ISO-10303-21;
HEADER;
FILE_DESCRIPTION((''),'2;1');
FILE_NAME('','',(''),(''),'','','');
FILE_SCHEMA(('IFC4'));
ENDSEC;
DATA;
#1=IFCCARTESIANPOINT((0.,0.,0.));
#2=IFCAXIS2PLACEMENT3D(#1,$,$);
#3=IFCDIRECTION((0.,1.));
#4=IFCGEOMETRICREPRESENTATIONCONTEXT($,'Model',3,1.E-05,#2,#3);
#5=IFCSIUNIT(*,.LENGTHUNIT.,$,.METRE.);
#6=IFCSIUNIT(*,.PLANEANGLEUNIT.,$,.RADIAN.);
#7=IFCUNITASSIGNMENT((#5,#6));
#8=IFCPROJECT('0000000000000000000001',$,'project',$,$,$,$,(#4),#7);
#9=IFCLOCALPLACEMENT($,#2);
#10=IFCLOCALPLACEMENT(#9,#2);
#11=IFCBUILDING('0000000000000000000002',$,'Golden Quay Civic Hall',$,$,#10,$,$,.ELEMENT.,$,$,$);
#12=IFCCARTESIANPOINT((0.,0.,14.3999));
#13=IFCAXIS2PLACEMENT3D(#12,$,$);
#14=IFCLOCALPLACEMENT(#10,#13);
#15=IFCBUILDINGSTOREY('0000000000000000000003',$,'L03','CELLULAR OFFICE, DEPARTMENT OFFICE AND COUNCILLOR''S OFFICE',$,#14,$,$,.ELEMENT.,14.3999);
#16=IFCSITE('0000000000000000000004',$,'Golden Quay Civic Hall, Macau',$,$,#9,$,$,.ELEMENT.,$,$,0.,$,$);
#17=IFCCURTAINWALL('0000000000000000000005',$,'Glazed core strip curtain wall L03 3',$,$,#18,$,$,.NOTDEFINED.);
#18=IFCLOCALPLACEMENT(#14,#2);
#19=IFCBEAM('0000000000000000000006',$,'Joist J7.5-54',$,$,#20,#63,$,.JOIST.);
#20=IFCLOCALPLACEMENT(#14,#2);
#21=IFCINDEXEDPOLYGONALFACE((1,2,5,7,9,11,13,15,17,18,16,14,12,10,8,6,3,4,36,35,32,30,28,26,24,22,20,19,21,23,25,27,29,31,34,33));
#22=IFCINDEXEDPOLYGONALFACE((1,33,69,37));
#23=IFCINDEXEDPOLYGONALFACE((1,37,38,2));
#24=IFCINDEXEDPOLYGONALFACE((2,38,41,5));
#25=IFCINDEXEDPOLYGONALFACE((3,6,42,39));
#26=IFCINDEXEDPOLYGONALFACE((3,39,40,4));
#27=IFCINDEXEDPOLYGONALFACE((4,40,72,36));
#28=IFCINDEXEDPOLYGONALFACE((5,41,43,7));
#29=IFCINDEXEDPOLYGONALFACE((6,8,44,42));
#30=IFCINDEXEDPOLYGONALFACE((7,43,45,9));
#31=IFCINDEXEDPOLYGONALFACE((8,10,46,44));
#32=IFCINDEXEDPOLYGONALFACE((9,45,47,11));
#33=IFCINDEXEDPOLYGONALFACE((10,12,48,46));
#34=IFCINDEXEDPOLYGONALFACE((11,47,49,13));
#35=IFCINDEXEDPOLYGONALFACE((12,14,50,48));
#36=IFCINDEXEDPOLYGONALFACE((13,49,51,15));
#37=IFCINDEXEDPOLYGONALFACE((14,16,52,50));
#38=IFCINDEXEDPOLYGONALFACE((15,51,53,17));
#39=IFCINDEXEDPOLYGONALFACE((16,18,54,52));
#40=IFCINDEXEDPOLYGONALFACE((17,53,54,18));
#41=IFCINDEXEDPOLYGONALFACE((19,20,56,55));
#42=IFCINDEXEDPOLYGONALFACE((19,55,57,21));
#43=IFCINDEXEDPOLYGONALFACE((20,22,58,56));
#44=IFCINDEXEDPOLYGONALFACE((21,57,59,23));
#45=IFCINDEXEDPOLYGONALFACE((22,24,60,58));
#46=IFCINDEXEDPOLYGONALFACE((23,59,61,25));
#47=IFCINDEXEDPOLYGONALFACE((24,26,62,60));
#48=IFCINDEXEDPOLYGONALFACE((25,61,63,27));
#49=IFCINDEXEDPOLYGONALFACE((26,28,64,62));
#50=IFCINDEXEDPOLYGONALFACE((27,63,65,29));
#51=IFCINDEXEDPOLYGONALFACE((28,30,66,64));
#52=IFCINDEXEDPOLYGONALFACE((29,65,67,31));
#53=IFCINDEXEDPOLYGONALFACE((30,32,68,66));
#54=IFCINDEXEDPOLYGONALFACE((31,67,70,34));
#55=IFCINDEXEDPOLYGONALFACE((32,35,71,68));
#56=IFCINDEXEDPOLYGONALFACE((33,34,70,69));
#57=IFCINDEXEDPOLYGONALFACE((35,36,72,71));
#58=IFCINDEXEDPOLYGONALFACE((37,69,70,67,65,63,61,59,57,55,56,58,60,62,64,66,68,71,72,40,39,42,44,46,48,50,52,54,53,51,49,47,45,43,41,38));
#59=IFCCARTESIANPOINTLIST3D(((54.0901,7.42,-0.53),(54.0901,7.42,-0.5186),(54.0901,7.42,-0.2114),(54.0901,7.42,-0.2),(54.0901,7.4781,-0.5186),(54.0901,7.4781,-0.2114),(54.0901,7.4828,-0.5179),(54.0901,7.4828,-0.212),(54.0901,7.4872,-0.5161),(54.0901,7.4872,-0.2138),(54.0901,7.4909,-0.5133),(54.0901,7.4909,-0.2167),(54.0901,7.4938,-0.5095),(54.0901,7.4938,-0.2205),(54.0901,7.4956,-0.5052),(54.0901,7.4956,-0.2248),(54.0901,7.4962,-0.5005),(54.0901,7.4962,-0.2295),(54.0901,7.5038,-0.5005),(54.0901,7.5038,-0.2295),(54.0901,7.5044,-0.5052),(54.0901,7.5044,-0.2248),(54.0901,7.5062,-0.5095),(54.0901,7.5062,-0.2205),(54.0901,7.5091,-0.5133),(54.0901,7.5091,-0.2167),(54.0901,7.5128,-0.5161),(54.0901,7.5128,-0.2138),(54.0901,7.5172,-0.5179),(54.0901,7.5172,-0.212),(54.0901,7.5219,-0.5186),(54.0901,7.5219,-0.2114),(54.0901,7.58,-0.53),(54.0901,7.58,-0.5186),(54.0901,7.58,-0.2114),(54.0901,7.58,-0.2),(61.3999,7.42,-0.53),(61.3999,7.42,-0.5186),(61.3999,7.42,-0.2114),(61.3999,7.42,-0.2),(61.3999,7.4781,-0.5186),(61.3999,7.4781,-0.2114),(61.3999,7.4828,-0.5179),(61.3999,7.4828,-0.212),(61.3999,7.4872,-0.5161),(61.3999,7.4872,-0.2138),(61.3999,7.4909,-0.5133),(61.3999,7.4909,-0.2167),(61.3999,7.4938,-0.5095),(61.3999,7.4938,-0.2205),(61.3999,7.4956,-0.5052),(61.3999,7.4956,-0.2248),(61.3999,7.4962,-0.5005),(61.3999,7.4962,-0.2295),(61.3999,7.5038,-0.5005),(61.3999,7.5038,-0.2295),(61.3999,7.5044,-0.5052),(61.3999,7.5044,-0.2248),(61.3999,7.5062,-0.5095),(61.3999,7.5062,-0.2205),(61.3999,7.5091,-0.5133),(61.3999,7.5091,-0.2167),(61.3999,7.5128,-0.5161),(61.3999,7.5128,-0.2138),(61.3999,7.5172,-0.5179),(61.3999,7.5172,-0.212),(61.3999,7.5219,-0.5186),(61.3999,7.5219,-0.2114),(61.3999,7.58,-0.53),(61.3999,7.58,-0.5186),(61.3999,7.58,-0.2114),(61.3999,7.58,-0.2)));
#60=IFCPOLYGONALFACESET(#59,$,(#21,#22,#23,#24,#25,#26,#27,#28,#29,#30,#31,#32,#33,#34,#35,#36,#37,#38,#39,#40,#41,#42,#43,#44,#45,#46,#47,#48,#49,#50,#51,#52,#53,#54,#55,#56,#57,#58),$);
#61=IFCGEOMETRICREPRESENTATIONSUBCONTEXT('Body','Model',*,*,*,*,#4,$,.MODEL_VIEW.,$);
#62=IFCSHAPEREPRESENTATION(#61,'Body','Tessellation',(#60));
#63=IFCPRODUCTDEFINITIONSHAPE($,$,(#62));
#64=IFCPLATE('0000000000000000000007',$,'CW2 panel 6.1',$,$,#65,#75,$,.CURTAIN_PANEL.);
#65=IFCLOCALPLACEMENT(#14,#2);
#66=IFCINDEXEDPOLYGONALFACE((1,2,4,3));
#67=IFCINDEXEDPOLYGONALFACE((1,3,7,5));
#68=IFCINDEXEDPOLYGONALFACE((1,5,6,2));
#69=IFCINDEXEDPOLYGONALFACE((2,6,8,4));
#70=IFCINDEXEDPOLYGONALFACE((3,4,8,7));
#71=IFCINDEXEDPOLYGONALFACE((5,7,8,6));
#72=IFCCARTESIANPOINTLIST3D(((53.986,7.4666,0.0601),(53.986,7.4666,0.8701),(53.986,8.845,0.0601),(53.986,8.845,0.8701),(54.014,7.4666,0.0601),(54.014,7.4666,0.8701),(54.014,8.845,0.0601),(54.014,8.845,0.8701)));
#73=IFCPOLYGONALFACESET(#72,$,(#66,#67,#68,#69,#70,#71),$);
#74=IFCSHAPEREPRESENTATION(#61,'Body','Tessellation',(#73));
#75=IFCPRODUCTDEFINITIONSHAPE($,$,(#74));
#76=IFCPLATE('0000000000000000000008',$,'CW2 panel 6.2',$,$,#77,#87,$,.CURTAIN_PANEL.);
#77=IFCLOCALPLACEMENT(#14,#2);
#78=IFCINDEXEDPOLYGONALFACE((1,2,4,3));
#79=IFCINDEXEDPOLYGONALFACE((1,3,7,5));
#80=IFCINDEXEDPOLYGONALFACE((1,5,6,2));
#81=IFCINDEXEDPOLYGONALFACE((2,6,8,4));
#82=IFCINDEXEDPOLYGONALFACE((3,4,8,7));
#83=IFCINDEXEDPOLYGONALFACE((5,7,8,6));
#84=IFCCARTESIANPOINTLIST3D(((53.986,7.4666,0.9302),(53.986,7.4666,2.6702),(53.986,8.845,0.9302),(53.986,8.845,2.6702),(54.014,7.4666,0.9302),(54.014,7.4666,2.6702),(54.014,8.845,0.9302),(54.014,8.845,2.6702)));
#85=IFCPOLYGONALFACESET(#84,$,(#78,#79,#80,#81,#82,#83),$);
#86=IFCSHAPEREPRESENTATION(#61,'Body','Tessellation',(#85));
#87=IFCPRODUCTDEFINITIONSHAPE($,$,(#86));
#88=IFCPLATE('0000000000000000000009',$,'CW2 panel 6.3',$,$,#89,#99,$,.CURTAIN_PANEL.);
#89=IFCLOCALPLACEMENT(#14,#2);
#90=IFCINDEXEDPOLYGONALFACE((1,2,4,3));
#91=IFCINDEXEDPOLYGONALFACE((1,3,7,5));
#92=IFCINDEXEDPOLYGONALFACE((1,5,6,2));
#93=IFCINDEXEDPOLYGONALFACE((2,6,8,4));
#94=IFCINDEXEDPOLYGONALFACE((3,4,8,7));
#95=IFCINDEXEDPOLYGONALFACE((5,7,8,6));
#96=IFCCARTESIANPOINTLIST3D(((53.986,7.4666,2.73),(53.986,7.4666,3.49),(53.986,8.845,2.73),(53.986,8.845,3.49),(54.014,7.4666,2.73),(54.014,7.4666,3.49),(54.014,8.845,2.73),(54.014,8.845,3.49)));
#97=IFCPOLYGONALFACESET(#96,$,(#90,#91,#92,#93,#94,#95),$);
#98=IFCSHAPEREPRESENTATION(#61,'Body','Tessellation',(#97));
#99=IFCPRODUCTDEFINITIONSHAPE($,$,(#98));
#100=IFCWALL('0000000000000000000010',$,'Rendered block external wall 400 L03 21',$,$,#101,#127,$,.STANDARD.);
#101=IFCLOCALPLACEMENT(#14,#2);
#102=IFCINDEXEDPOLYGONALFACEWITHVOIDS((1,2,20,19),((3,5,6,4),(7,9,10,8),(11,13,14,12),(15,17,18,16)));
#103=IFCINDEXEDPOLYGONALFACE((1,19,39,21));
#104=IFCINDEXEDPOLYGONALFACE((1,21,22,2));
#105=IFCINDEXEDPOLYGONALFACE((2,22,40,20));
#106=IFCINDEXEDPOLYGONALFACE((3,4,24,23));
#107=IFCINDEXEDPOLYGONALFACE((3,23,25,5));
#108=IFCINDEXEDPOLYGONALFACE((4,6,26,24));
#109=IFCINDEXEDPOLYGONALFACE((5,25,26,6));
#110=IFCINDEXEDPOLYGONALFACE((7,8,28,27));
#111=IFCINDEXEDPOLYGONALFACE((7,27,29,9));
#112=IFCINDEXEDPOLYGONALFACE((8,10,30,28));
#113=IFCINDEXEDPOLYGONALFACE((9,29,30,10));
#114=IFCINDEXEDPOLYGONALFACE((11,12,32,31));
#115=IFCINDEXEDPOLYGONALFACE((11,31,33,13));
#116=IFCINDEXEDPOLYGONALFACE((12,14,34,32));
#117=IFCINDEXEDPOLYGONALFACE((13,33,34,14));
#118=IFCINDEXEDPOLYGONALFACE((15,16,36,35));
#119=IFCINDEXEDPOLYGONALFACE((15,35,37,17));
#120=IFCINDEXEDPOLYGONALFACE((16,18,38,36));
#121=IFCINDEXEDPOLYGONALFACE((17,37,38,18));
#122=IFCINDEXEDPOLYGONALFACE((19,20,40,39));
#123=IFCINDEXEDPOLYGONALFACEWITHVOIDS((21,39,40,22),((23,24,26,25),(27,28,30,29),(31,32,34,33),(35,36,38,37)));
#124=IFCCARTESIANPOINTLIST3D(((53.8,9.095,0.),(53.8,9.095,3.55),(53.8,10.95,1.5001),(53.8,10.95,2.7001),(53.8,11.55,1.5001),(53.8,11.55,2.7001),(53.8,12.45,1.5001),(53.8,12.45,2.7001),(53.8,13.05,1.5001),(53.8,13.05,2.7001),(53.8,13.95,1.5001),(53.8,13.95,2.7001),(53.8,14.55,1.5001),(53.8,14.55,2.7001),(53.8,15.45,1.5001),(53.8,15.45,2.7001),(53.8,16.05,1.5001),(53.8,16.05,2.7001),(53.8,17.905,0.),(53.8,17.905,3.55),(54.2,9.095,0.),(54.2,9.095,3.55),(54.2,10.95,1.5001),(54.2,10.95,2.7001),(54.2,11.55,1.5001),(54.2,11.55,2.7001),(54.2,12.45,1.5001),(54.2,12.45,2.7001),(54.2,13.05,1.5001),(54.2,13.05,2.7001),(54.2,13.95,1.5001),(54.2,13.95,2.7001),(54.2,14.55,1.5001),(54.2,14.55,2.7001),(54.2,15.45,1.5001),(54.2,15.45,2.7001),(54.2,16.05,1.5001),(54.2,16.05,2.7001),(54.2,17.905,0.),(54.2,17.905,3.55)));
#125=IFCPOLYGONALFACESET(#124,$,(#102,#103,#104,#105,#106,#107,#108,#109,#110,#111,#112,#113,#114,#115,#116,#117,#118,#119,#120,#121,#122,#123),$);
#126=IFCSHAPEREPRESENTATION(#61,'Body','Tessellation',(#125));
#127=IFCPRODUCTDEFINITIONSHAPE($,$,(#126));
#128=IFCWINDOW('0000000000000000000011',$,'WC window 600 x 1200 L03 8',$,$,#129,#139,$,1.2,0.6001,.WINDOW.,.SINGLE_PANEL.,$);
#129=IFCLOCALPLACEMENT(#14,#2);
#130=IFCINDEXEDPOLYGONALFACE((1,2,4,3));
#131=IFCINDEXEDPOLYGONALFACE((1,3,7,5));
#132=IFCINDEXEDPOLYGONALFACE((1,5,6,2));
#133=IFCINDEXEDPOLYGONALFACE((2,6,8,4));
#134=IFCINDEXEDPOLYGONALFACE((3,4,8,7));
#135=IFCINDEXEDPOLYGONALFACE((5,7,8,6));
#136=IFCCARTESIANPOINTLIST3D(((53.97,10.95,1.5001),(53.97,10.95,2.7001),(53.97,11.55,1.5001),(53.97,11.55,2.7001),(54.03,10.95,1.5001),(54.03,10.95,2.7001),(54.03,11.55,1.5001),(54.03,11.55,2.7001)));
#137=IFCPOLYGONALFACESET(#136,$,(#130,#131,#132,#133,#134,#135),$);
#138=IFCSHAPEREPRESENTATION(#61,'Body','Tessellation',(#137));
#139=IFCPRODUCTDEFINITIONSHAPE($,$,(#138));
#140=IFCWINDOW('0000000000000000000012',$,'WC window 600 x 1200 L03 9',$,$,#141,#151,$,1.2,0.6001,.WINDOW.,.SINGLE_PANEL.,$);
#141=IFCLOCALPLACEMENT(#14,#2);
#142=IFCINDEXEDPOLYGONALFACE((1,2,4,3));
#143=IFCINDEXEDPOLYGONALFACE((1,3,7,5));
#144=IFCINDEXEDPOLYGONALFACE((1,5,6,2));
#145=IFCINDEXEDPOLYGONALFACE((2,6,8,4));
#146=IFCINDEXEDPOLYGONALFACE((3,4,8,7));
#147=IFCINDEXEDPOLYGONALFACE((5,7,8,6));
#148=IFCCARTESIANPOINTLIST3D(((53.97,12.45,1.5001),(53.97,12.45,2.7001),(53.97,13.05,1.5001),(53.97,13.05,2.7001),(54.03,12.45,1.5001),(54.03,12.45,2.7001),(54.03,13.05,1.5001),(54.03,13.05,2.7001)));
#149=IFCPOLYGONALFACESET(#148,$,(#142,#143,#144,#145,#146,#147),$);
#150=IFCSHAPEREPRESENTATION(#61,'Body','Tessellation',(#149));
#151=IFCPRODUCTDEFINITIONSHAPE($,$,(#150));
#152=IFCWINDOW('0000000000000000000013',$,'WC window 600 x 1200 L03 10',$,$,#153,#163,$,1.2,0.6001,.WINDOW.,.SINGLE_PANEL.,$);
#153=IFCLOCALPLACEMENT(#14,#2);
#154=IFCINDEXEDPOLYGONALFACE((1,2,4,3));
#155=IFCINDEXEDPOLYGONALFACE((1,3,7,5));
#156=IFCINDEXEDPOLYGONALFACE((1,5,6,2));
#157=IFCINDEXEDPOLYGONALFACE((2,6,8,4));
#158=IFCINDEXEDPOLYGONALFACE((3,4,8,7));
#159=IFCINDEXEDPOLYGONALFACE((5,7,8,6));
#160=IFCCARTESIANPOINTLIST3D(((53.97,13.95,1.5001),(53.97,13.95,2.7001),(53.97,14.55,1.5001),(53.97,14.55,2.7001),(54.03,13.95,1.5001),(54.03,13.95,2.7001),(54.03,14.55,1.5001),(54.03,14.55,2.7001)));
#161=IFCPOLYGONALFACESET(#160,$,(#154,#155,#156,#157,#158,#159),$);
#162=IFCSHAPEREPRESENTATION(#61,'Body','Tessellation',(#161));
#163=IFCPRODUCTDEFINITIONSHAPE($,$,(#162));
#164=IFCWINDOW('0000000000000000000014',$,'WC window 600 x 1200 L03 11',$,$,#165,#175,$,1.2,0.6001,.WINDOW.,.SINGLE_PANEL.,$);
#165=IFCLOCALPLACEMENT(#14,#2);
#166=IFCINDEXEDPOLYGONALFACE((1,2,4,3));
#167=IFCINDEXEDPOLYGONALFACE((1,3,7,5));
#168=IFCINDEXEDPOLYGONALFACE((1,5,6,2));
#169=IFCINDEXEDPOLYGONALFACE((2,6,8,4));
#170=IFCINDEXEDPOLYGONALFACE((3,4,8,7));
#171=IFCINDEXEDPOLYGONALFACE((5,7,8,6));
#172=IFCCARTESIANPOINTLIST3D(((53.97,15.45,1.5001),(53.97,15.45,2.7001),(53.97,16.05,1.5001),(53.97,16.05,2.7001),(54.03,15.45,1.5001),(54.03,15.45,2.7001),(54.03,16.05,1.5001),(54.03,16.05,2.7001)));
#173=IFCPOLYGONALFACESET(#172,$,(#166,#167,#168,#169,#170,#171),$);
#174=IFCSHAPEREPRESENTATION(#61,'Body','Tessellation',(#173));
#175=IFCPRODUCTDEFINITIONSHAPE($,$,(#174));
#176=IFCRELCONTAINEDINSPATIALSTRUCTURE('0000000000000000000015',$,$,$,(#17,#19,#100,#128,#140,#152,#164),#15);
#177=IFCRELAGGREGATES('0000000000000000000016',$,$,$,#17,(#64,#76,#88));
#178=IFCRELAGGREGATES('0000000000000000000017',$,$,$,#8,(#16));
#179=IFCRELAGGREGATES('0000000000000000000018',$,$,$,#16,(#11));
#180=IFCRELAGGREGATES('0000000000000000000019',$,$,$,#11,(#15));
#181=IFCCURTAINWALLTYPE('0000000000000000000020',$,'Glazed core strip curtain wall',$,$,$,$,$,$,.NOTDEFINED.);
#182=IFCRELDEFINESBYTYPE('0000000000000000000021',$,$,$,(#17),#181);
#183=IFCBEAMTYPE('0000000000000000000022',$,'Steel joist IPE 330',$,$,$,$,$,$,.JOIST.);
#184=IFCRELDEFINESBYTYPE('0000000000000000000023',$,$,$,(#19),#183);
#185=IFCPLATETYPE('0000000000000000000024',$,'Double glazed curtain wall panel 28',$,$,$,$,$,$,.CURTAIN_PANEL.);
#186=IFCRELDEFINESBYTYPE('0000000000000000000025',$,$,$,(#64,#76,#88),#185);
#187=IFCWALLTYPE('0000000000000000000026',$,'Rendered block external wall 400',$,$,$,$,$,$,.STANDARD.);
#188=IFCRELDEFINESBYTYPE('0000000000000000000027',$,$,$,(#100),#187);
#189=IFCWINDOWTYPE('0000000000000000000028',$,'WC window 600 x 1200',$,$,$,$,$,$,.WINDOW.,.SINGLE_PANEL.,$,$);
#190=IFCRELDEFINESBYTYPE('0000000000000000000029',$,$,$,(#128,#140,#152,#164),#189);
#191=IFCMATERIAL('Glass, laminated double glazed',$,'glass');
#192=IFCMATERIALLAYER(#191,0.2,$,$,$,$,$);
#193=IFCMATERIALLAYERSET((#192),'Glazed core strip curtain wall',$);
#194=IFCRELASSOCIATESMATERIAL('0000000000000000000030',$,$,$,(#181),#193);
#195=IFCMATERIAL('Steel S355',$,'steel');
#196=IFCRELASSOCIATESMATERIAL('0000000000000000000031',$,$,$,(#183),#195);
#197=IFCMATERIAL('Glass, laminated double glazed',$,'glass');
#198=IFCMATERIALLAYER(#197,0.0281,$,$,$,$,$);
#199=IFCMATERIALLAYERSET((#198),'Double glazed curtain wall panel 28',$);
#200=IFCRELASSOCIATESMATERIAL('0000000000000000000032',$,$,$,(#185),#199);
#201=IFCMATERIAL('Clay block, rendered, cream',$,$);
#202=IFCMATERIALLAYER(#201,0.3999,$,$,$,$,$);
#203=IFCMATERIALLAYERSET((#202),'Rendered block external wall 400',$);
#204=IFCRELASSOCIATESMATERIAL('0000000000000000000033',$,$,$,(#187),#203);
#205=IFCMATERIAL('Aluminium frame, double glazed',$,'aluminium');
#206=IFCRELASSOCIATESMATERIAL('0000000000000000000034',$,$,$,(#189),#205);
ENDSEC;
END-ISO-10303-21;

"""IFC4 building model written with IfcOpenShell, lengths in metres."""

from ifc_helpers import new_model, si_unit, direction, frame, frame_2d, origin, origin_2d, place, context, subcontext, project, spatial, rectangle, i_section, extrude, material, layer, layer_set, material_profile, profile_set, type_object, element, fill, aggregate, save


model = new_model("IFC4")

# Units and contexts
model_context = context("Model", 3, precision=1e-05, world=origin(), true_north=direction((0.0, 1.0)))
body_context = subcontext(model_context, "Body", "Model", "MODEL_VIEW")
ifc_project = project(units=[si_unit("LENGTHUNIT", "METRE"), si_unit("PLANEANGLEUNIT", "RADIAN")], contexts=[model_context])

# Site, building, storey
site_placement = place(None, origin())
site = spatial("IfcSite", under=ifc_project, at=site_placement, Name="Golden Quay Civic Hall, Macau", CompositionType="ELEMENT", RefElevation=0.0)
building_placement = place(site_placement, origin())
building = spatial("IfcBuilding", under=site, at=building_placement, Name="Golden Quay Civic Hall", CompositionType="ELEMENT")
storey_placement = place(building_placement, frame((0.0, 0.0, 14.3999)))
storey = spatial("IfcBuildingStorey", under=building, at=storey_placement, Name="L03", Description="CELLULAR OFFICE, DEPARTMENT OFFICE AND COUNCILLOR'S OFFICE", CompositionType="ELEMENT", Elevation=14.3999)

# Curtain wall
ifc_material_1 = material(Name="Glass, laminated double glazed", Category="glass")
ifc_layer_1 = layer(ifc_material_1, 0.2)
ifc_layer_set_1 = layer_set([ifc_layer_1], Name="Glazed core strip curtain wall")
curtain_wall_type = type_object("IfcCurtainWallType", Name="Glazed core strip curtain wall", PredefinedType="NOTDEFINED", material=ifc_layer_set_1)
curtain_wall_placement = place(storey_placement, origin())
curtain_wall = element("IfcCurtainWall", 1, at=curtain_wall_placement, inside=storey, type_object=curtain_wall_type, Name="Glazed core strip curtain wall L03 3", PredefinedType="NOTDEFINED")

# Beam
ifc_material_2 = material(Name="Steel S355", Category="steel")
ifc_material_profile_1 = material_profile(ifc_material_2, i_section(OverallWidth=0.1599, OverallDepth=0.3301, WebThickness=0.0076, FlangeThickness=0.0115, FilletRadius=0.0181, at=origin_2d()), Name="IPE 330")
ifc_profile_set_1 = profile_set([ifc_material_profile_1], Name="Steel S355")
beam_type_1 = type_object("IfcBeamType", Name="Steel joist IPE 330", PredefinedType="JOIST", material=ifc_profile_set_1)
beam_1_placement = place(storey_placement, frame((54.0901, 7.5, -0.365), z_axis=(1.0, 0.0, 0.0), x_axis=(0.0, 1.0, 0.0)))
element("IfcBeam", 2, at=beam_1_placement, inside=storey, type_object=beam_type_1, Name="Joist J7.5-54", PredefinedType="JOIST", context=body_context, shape_type="SweptSolid", body=[
    extrude(i_section(OverallWidth=0.1599, OverallDepth=0.3301, WebThickness=0.0076, FlangeThickness=0.0115, FilletRadius=0.0181, at=origin_2d()), origin(), (0.0, 0.0, 1.0), 7.3098),
])

# Plates
ifc_material_3 = material(Name="Glass, laminated double glazed", Category="glass")
ifc_layer_2 = layer(ifc_material_3, 0.0281)
ifc_layer_set_2 = layer_set([ifc_layer_2], Name="Double glazed curtain wall panel 28")
plate_type = type_object("IfcPlateType", Name="Double glazed curtain wall panel 28", PredefinedType="CURTAIN_PANEL", material=ifc_layer_set_2)
plate_1_placement = place(storey_placement, frame((54.0, 8.1558, 0.0601), z_axis=(0.0, 0.0, 1.0), x_axis=(0.0, 1.0, 0.0)))
plate_1 = element("IfcPlate", 3, at=plate_1_placement, type_object=plate_type, Name="CW2 panel 6.1", PredefinedType="CURTAIN_PANEL", context=body_context, shape_type="SweptSolid", body=[
    extrude(rectangle(XDim=1.3784, YDim=0.0281, at=origin_2d()), origin(), (0.0, 0.0, 1.0), 0.8101),
])
plate_2_placement = place(storey_placement, frame((54.0, 8.1558, 0.9302), z_axis=(0.0, 0.0, 1.0), x_axis=(0.0, 1.0, 0.0)))
plate_2 = element("IfcPlate", 4, at=plate_2_placement, type_object=plate_type, Name="CW2 panel 6.2", PredefinedType="CURTAIN_PANEL", context=body_context, shape_type="SweptSolid", body=[
    extrude(rectangle(XDim=1.3784, YDim=0.0281, at=origin_2d()), origin(), (0.0, 0.0, 1.0), 1.74),
])
plate_3_placement = place(storey_placement, frame((54.0, 8.1558, 2.73), z_axis=(0.0, 0.0, 1.0), x_axis=(0.0, 1.0, 0.0)))
plate_3 = element("IfcPlate", 5, at=plate_3_placement, type_object=plate_type, Name="CW2 panel 6.3", PredefinedType="CURTAIN_PANEL", context=body_context, shape_type="SweptSolid", body=[
    extrude(rectangle(XDim=1.3784, YDim=0.0281, at=origin_2d()), origin(), (0.0, 0.0, 1.0), 0.76),
])
aggregate(curtain_wall, [plate_1, plate_2, plate_3])

# Wall, openings, windows
ifc_material_4 = material(Name="Clay block, rendered, cream")
ifc_layer_3 = layer(ifc_material_4, 0.3999)
ifc_layer_set_3 = layer_set([ifc_layer_3], Name="Rendered block external wall 400")
wall_type = type_object("IfcWallType", Name="Rendered block external wall 400", PredefinedType="STANDARD", material=ifc_layer_set_3)
wall_placement = place(storey_placement, frame((54.0, 9.095, 0.0), z_axis=(0.0, 0.0, 1.0), x_axis=(0.0, 1.0, 0.0)))
wall = element("IfcWall", 6, at=wall_placement, inside=storey, type_object=wall_type, Name="Rendered block external wall 400 L03 21", PredefinedType="STANDARD", context=body_context, shape_type="SweptSolid", body=[
    extrude(rectangle(XDim=8.8101, YDim=0.3999, at=frame_2d((4.405, 0.0))), origin(), (0.0, 0.0, 1.0), 3.55),
])
opening_1_placement = place(wall_placement, frame((1.855, 0.0, 1.5)))
opening_1 = element("IfcOpeningElement", 7, at=opening_1_placement, cuts=wall, PredefinedType="OPENING", context=body_context, shape_type="SweptSolid", body=[
    extrude(rectangle(XDim=0.6001, YDim=1.2, at=frame_2d((0.3, 0.6001))), frame((0.0, 0.21, 0.0), z_axis=(0.0, -1.0, 0.0), x_axis=(1.0, 0.0, 0.0)), (0.0, 0.0, 1.0), 0.4199),
])
opening_2_placement = place(wall_placement, frame((3.355, 0.0, 1.5)))
opening_2 = element("IfcOpeningElement", 8, at=opening_2_placement, cuts=wall, PredefinedType="OPENING", context=body_context, shape_type="SweptSolid", body=[
    extrude(rectangle(XDim=0.6001, YDim=1.2, at=frame_2d((0.3, 0.6001))), frame((0.0, 0.21, 0.0), z_axis=(0.0, -1.0, 0.0), x_axis=(1.0, 0.0, 0.0)), (0.0, 0.0, 1.0), 0.4199),
])
opening_3_placement = place(wall_placement, frame((4.855, 0.0, 1.5)))
opening_3 = element("IfcOpeningElement", 9, at=opening_3_placement, cuts=wall, PredefinedType="OPENING", context=body_context, shape_type="SweptSolid", body=[
    extrude(rectangle(XDim=0.6001, YDim=1.2, at=frame_2d((0.3, 0.6001))), frame((0.0, 0.21, 0.0), z_axis=(0.0, -1.0, 0.0), x_axis=(1.0, 0.0, 0.0)), (0.0, 0.0, 1.0), 0.4199),
])
opening_4_placement = place(wall_placement, frame((6.355, 0.0, 1.5)))
opening_4 = element("IfcOpeningElement", 10, at=opening_4_placement, cuts=wall, PredefinedType="OPENING", context=body_context, shape_type="SweptSolid", body=[
    extrude(rectangle(XDim=0.6001, YDim=1.2, at=frame_2d((0.3, 0.6001))), frame((0.0, 0.21, 0.0), z_axis=(0.0, -1.0, 0.0), x_axis=(1.0, 0.0, 0.0)), (0.0, 0.0, 1.0), 0.4199),
])
ifc_material_5 = material(Name="Aluminium frame, double glazed", Category="aluminium")
window_type = type_object("IfcWindowType", Name="WC window 600 x 1200", PartitioningType="SINGLE_PANEL", PredefinedType="WINDOW", material=ifc_material_5)
window_1_placement = place(opening_1_placement, origin())
window_1 = element("IfcWindow", 11, at=window_1_placement, inside=storey, type_object=window_type, Name="WC window 600 x 1200 L03 8", OverallHeight=1.2, OverallWidth=0.6001, PartitioningType="SINGLE_PANEL", PredefinedType="WINDOW", context=body_context, shape_type="SweptSolid", body=[
    extrude(rectangle(XDim=0.6001, YDim=1.2, at=frame_2d((0.3, 0.6001))), frame((0.0, 0.03, 0.0), z_axis=(0.0, -1.0, 0.0), x_axis=(1.0, 0.0, 0.0)), (0.0, 0.0, 1.0), 0.0601),
])
fill(opening_1, window_1)
window_2_placement = place(opening_2_placement, origin())
window_2 = element("IfcWindow", 12, at=window_2_placement, inside=storey, type_object=window_type, Name="WC window 600 x 1200 L03 9", OverallHeight=1.2, OverallWidth=0.6001, PartitioningType="SINGLE_PANEL", PredefinedType="WINDOW", context=body_context, shape_type="SweptSolid", body=[
    extrude(rectangle(XDim=0.6001, YDim=1.2, at=frame_2d((0.3, 0.6001))), frame((0.0, 0.03, 0.0), z_axis=(0.0, -1.0, 0.0), x_axis=(1.0, 0.0, 0.0)), (0.0, 0.0, 1.0), 0.0601),
])
fill(opening_2, window_2)
window_3_placement = place(opening_3_placement, origin())
window_3 = element("IfcWindow", 13, at=window_3_placement, inside=storey, type_object=window_type, Name="WC window 600 x 1200 L03 10", OverallHeight=1.2, OverallWidth=0.6001, PartitioningType="SINGLE_PANEL", PredefinedType="WINDOW", context=body_context, shape_type="SweptSolid", body=[
    extrude(rectangle(XDim=0.6001, YDim=1.2, at=frame_2d((0.3, 0.6001))), frame((0.0, 0.03, 0.0), z_axis=(0.0, -1.0, 0.0), x_axis=(1.0, 0.0, 0.0)), (0.0, 0.0, 1.0), 0.0601),
])
fill(opening_3, window_3)
window_4_placement = place(opening_4_placement, origin())
window_4 = element("IfcWindow", 14, at=window_4_placement, inside=storey, type_object=window_type, Name="WC window 600 x 1200 L03 11", OverallHeight=1.2, OverallWidth=0.6001, PartitioningType="SINGLE_PANEL", PredefinedType="WINDOW", context=body_context, shape_type="SweptSolid", body=[
    extrude(rectangle(XDim=0.6001, YDim=1.2, at=frame_2d((0.3, 0.6001))), frame((0.0, 0.03, 0.0), z_axis=(0.0, -1.0, 0.0), x_axis=(1.0, 0.0, 0.0)), (0.0, 0.0, 1.0), 0.0601),
])
fill(opening_4, window_4)

save(model, "model.ifc")
